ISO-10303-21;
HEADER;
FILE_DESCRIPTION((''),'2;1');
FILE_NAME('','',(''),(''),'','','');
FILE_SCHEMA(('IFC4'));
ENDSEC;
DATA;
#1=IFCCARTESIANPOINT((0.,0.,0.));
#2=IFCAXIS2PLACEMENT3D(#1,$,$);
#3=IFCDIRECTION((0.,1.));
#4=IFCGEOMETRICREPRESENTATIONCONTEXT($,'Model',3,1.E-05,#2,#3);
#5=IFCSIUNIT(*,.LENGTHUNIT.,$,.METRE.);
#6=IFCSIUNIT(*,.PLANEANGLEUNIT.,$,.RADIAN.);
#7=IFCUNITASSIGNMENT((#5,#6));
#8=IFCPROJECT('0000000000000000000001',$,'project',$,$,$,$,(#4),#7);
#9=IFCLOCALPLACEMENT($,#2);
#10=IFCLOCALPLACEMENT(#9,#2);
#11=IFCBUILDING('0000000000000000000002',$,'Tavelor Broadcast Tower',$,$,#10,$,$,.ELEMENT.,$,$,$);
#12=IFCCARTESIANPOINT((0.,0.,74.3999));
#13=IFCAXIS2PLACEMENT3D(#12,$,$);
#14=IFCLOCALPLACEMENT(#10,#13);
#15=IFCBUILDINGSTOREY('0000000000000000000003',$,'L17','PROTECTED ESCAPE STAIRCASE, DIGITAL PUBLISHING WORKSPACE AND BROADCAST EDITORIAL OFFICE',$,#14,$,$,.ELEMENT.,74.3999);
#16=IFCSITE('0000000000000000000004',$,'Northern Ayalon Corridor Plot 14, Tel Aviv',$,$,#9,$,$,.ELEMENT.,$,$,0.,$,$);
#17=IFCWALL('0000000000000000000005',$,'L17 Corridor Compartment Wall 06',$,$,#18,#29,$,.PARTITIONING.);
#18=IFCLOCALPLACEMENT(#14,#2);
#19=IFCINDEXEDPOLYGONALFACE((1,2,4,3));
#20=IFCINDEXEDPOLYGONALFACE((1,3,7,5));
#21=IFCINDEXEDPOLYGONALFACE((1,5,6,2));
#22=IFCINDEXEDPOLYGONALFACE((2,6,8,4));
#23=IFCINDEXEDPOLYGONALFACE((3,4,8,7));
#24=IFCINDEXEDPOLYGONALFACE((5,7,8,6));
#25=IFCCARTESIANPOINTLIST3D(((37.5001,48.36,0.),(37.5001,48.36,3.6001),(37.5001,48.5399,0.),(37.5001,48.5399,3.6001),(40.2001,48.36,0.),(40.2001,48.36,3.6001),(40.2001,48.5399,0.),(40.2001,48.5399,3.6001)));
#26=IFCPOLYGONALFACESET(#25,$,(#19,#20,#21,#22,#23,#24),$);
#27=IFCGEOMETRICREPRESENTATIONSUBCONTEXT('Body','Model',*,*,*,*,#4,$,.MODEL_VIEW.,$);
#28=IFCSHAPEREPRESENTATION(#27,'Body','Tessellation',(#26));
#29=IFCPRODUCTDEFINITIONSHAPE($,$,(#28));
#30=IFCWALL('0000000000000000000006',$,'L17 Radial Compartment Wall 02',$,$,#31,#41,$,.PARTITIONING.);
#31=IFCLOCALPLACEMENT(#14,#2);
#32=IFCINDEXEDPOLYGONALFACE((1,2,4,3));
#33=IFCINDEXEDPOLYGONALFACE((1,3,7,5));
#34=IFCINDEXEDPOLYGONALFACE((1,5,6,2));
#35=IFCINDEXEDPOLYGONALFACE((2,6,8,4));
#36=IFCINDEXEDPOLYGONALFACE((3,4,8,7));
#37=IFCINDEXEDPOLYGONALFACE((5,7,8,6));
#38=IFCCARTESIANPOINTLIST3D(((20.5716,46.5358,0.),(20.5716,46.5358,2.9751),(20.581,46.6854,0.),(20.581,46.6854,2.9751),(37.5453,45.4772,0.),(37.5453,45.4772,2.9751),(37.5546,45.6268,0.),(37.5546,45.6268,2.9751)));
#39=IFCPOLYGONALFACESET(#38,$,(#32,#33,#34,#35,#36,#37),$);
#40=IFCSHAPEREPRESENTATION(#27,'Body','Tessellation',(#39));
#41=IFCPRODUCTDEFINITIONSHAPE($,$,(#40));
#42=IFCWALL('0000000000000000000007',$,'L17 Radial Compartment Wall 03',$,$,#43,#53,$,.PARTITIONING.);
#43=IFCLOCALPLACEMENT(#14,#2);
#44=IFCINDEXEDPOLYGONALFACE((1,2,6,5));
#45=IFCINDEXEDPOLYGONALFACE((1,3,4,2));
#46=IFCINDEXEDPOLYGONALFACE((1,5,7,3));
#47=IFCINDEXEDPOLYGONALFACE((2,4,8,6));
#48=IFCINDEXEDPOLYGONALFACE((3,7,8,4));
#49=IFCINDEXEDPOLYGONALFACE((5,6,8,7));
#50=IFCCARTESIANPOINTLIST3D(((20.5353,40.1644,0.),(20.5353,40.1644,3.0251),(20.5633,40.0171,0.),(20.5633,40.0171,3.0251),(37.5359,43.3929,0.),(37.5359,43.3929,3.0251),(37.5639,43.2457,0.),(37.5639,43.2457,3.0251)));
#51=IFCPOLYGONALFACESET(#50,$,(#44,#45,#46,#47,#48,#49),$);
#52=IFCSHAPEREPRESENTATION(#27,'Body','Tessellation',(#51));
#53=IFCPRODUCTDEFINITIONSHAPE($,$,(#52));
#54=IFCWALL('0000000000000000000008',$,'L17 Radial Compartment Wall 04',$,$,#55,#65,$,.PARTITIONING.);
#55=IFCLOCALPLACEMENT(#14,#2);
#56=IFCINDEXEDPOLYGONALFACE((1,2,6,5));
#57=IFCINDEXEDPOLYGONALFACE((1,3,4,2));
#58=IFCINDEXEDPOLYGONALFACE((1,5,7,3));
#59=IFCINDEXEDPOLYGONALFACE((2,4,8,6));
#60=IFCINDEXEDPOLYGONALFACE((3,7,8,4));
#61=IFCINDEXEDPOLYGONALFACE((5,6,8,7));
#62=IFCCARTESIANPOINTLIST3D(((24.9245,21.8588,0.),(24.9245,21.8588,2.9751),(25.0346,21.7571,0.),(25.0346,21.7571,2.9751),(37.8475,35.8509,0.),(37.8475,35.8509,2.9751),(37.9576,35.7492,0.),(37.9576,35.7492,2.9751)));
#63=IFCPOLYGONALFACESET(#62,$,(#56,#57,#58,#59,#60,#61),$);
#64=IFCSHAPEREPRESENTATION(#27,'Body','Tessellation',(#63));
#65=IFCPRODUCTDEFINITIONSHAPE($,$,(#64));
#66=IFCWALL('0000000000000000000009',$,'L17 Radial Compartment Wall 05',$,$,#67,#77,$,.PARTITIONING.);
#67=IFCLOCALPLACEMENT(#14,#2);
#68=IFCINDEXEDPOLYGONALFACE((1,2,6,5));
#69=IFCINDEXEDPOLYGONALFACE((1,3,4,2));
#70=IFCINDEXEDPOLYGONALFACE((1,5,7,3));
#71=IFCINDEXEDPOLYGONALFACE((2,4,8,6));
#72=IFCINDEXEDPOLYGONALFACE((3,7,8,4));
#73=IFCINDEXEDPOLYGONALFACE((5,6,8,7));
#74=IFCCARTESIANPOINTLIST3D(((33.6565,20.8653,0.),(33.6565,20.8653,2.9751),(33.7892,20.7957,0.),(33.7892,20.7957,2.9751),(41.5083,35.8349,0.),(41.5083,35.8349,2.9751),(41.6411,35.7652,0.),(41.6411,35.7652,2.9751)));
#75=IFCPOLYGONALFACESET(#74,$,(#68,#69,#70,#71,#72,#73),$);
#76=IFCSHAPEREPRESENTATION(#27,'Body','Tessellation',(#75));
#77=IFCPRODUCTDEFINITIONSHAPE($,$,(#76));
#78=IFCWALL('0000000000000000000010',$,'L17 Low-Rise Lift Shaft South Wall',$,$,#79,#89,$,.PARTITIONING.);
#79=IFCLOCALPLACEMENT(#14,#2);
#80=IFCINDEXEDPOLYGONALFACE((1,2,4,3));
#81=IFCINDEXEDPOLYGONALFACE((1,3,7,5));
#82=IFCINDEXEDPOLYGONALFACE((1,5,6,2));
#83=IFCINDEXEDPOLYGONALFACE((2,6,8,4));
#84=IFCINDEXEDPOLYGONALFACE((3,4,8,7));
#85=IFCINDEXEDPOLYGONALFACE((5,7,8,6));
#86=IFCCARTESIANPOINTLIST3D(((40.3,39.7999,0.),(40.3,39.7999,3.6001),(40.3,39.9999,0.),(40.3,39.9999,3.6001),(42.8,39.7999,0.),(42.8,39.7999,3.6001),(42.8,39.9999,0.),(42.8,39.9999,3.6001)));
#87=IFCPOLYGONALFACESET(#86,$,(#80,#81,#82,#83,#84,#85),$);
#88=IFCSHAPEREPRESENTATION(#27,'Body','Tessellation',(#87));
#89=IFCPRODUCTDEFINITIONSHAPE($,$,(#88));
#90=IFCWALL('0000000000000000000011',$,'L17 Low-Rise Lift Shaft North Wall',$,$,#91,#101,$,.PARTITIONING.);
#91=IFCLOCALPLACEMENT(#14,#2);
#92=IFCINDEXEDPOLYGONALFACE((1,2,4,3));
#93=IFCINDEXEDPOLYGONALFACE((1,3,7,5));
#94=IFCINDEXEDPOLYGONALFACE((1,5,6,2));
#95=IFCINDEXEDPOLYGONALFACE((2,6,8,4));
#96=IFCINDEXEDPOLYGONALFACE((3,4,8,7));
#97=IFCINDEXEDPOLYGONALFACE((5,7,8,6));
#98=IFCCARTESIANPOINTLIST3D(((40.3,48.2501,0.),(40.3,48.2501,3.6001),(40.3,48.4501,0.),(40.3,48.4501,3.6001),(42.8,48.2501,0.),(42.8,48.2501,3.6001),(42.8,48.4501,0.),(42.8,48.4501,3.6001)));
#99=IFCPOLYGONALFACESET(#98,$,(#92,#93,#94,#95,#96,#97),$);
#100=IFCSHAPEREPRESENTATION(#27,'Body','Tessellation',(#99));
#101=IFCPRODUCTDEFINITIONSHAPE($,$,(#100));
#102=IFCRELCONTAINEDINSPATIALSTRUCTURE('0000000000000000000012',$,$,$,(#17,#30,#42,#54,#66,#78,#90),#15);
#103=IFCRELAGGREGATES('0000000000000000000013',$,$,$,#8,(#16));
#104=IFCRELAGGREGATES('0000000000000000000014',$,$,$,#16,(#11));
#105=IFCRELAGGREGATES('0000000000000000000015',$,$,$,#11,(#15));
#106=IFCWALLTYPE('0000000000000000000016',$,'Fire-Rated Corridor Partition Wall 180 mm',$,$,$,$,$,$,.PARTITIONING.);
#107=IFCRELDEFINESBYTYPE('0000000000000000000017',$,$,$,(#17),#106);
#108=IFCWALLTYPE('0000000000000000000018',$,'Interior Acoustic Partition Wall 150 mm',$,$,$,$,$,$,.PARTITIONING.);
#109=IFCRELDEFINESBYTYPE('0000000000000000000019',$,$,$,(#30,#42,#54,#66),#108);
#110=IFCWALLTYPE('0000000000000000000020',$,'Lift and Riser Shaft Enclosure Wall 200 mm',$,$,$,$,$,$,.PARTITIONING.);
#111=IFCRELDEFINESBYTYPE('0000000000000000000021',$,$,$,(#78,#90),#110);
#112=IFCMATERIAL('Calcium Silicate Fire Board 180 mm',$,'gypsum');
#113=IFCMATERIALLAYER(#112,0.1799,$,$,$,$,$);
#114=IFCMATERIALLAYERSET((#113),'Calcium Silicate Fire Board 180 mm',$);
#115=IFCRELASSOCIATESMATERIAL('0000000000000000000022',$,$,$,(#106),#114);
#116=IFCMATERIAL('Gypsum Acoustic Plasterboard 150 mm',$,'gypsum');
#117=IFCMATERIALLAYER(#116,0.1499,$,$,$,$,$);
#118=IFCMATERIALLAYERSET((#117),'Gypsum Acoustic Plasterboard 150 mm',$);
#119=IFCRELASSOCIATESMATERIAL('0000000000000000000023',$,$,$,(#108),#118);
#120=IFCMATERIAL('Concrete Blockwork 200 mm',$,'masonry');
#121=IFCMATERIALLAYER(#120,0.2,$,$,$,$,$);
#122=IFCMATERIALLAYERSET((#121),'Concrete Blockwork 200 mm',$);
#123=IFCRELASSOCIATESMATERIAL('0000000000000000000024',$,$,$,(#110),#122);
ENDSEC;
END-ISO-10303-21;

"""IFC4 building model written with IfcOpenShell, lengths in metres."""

from ifc_helpers import new_model, si_unit, direction, frame, frame_2d, origin, place, context, subcontext, project, spatial, rectangle, extrude, material, layer, layer_set, type_object, element, save


model = new_model("IFC4")

# Units and contexts
model_context = context("Model", 3, precision=1e-05, world=origin(), true_north=direction((0.0, 1.0)))
body_context = subcontext(model_context, "Body", "Model", "MODEL_VIEW")
ifc_project = project(units=[si_unit("LENGTHUNIT", "METRE"), si_unit("PLANEANGLEUNIT", "RADIAN")], contexts=[model_context])

# Site, building, storey
site_placement = place(None, origin())
site = spatial("IfcSite", under=ifc_project, at=site_placement, Name="Northern Ayalon Corridor Plot 14, Tel Aviv", CompositionType="ELEMENT", RefElevation=0.0)
building_placement = place(site_placement, origin())
building = spatial("IfcBuilding", under=site, at=building_placement, Name="Tavelor Broadcast Tower", CompositionType="ELEMENT")
storey_placement = place(building_placement, frame((0.0, 0.0, 74.3999)))
storey = spatial("IfcBuildingStorey", under=building, at=storey_placement, Name="L17", Description="PROTECTED ESCAPE STAIRCASE, DIGITAL PUBLISHING WORKSPACE AND BROADCAST EDITORIAL OFFICE", CompositionType="ELEMENT", Elevation=74.3999)

# Shared definitions
ifc_material_1 = material(Name="Calcium Silicate Fire Board 180 mm", Category="gypsum")
ifc_layer_1 = layer(ifc_material_1, 0.1799)
ifc_layer_set_1 = layer_set([ifc_layer_1], Name="Calcium Silicate Fire Board 180 mm")
wall_type_1 = type_object("IfcWallType", Name="Fire-Rated Corridor Partition Wall 180 mm", PredefinedType="PARTITIONING", material=ifc_layer_set_1)

# Walls
wall_1_placement = place(storey_placement, frame((37.5, 48.45, 0.0), z_axis=(0.0, 0.0, 1.0), x_axis=(1.0, 0.0, 0.0)))
element("IfcWall", 1, at=wall_1_placement, inside=storey, type_object=wall_type_1, Name="L17 Corridor Compartment Wall 06", PredefinedType="PARTITIONING", context=body_context, shape_type="SweptSolid", body=[
    extrude(rectangle(XDim=2.7, YDim=0.1799, at=frame_2d((1.3501, 0.0))), origin(), (0.0, 0.0, 1.0), 3.6001),
])
ifc_material_2 = material(Name="Gypsum Acoustic Plasterboard 150 mm", Category="gypsum")
ifc_layer_2 = layer(ifc_material_2, 0.1499)
ifc_layer_set_2 = layer_set([ifc_layer_2], Name="Gypsum Acoustic Plasterboard 150 mm")
wall_type_2 = type_object("IfcWallType", Name="Interior Acoustic Partition Wall 150 mm", PredefinedType="PARTITIONING", material=ifc_layer_set_2)
wall_2_placement = place(storey_placement, frame((37.55, 45.552, 0.0), z_axis=(0.0, 0.0, 1.0), x_axis=(-0.998061, 0.062246, 0.0)))
element("IfcWall", 2, at=wall_2_placement, inside=storey, type_object=wall_type_2, Name="L17 Radial Compartment Wall 02", PredefinedType="PARTITIONING", context=body_context, shape_type="SweptSolid", body=[
    extrude(rectangle(XDim=17.0066, YDim=0.1499, at=frame_2d((8.5034, 0.0))), origin(), (0.0, 0.0, 1.0), 2.9751),
])
wall_3_placement = place(storey_placement, frame((37.55, 43.3193, 0.0), z_axis=(0.0, 0.0, 1.0), x_axis=(-0.982441, -0.186573, 0.0)))
element("IfcWall", 3, at=wall_3_placement, inside=storey, type_object=wall_type_2, Name="L17 Radial Compartment Wall 03", PredefinedType="PARTITIONING", context=body_context, shape_type="SweptSolid", body=[
    extrude(rectangle(XDim=17.3044, YDim=0.1499, at=frame_2d((8.6523, 0.0))), origin(), (0.0, 0.0, 1.0), 3.0251),
])
wall_4_placement = place(storey_placement, frame((37.9026, 35.8, 0.0), z_axis=(0.0, 0.0, 1.0), x_axis=(-0.678485, -0.734614, 0.0)))
element("IfcWall", 4, at=wall_4_placement, inside=storey, type_object=wall_type_2, Name="L17 Radial Compartment Wall 04", PredefinedType="PARTITIONING", context=body_context, shape_type="SweptSolid", body=[
    extrude(rectangle(XDim=19.0469, YDim=0.1499, at=frame_2d((9.5234, 0.0))), origin(), (0.0, 0.0, 1.0), 2.9751),
])
wall_5_placement = place(storey_placement, frame((41.5747, 35.8, 0.0), z_axis=(0.0, 0.0, 1.0), x_axis=(-0.464501, -0.885572, 0.0)))
element("IfcWall", 5, at=wall_5_placement, inside=storey, type_object=wall_type_2, Name="L17 Radial Compartment Wall 05", PredefinedType="PARTITIONING", context=body_context, shape_type="SweptSolid", body=[
    extrude(rectangle(XDim=16.9038, YDim=0.1499, at=frame_2d((8.4519, 0.0))), origin(), (0.0, 0.0, 1.0), 2.9751),
])

# Shared definitions
ifc_material_3 = material(Name="Concrete Blockwork 200 mm", Category="masonry")

# Walls
ifc_layer_3 = layer(ifc_material_3, 0.2)
ifc_layer_set_3 = layer_set([ifc_layer_3], Name="Concrete Blockwork 200 mm")
wall_type_3 = type_object("IfcWallType", Name="Lift and Riser Shaft Enclosure Wall 200 mm", PredefinedType="PARTITIONING", material=ifc_layer_set_3)
for number, where, z_axis, x_axis, name in (
    (6, (40.3, 39.8999, 0.0), (0.0, 0.0, 1.0), (1.0, 0.0, 0.0), "L17 Low-Rise Lift Shaft South Wall"),
    (7, (40.3, 48.3501, 0.0), (0.0, 0.0, 1.0), (1.0, 0.0, 0.0), "L17 Low-Rise Lift Shaft North Wall"),
):
    element("IfcWall", number, at=place(storey_placement, frame(where, z_axis=z_axis, x_axis=x_axis)), inside=storey, type_object=wall_type_3, Name=name, PredefinedType="PARTITIONING", context=body_context, shape_type="SweptSolid", body=[
        extrude(rectangle(XDim=2.5, YDim=0.2, at=frame_2d((1.25, 0.0))), origin(), (0.0, 0.0, 1.0), 3.6001),
    ])

save(model, "model.ifc")
